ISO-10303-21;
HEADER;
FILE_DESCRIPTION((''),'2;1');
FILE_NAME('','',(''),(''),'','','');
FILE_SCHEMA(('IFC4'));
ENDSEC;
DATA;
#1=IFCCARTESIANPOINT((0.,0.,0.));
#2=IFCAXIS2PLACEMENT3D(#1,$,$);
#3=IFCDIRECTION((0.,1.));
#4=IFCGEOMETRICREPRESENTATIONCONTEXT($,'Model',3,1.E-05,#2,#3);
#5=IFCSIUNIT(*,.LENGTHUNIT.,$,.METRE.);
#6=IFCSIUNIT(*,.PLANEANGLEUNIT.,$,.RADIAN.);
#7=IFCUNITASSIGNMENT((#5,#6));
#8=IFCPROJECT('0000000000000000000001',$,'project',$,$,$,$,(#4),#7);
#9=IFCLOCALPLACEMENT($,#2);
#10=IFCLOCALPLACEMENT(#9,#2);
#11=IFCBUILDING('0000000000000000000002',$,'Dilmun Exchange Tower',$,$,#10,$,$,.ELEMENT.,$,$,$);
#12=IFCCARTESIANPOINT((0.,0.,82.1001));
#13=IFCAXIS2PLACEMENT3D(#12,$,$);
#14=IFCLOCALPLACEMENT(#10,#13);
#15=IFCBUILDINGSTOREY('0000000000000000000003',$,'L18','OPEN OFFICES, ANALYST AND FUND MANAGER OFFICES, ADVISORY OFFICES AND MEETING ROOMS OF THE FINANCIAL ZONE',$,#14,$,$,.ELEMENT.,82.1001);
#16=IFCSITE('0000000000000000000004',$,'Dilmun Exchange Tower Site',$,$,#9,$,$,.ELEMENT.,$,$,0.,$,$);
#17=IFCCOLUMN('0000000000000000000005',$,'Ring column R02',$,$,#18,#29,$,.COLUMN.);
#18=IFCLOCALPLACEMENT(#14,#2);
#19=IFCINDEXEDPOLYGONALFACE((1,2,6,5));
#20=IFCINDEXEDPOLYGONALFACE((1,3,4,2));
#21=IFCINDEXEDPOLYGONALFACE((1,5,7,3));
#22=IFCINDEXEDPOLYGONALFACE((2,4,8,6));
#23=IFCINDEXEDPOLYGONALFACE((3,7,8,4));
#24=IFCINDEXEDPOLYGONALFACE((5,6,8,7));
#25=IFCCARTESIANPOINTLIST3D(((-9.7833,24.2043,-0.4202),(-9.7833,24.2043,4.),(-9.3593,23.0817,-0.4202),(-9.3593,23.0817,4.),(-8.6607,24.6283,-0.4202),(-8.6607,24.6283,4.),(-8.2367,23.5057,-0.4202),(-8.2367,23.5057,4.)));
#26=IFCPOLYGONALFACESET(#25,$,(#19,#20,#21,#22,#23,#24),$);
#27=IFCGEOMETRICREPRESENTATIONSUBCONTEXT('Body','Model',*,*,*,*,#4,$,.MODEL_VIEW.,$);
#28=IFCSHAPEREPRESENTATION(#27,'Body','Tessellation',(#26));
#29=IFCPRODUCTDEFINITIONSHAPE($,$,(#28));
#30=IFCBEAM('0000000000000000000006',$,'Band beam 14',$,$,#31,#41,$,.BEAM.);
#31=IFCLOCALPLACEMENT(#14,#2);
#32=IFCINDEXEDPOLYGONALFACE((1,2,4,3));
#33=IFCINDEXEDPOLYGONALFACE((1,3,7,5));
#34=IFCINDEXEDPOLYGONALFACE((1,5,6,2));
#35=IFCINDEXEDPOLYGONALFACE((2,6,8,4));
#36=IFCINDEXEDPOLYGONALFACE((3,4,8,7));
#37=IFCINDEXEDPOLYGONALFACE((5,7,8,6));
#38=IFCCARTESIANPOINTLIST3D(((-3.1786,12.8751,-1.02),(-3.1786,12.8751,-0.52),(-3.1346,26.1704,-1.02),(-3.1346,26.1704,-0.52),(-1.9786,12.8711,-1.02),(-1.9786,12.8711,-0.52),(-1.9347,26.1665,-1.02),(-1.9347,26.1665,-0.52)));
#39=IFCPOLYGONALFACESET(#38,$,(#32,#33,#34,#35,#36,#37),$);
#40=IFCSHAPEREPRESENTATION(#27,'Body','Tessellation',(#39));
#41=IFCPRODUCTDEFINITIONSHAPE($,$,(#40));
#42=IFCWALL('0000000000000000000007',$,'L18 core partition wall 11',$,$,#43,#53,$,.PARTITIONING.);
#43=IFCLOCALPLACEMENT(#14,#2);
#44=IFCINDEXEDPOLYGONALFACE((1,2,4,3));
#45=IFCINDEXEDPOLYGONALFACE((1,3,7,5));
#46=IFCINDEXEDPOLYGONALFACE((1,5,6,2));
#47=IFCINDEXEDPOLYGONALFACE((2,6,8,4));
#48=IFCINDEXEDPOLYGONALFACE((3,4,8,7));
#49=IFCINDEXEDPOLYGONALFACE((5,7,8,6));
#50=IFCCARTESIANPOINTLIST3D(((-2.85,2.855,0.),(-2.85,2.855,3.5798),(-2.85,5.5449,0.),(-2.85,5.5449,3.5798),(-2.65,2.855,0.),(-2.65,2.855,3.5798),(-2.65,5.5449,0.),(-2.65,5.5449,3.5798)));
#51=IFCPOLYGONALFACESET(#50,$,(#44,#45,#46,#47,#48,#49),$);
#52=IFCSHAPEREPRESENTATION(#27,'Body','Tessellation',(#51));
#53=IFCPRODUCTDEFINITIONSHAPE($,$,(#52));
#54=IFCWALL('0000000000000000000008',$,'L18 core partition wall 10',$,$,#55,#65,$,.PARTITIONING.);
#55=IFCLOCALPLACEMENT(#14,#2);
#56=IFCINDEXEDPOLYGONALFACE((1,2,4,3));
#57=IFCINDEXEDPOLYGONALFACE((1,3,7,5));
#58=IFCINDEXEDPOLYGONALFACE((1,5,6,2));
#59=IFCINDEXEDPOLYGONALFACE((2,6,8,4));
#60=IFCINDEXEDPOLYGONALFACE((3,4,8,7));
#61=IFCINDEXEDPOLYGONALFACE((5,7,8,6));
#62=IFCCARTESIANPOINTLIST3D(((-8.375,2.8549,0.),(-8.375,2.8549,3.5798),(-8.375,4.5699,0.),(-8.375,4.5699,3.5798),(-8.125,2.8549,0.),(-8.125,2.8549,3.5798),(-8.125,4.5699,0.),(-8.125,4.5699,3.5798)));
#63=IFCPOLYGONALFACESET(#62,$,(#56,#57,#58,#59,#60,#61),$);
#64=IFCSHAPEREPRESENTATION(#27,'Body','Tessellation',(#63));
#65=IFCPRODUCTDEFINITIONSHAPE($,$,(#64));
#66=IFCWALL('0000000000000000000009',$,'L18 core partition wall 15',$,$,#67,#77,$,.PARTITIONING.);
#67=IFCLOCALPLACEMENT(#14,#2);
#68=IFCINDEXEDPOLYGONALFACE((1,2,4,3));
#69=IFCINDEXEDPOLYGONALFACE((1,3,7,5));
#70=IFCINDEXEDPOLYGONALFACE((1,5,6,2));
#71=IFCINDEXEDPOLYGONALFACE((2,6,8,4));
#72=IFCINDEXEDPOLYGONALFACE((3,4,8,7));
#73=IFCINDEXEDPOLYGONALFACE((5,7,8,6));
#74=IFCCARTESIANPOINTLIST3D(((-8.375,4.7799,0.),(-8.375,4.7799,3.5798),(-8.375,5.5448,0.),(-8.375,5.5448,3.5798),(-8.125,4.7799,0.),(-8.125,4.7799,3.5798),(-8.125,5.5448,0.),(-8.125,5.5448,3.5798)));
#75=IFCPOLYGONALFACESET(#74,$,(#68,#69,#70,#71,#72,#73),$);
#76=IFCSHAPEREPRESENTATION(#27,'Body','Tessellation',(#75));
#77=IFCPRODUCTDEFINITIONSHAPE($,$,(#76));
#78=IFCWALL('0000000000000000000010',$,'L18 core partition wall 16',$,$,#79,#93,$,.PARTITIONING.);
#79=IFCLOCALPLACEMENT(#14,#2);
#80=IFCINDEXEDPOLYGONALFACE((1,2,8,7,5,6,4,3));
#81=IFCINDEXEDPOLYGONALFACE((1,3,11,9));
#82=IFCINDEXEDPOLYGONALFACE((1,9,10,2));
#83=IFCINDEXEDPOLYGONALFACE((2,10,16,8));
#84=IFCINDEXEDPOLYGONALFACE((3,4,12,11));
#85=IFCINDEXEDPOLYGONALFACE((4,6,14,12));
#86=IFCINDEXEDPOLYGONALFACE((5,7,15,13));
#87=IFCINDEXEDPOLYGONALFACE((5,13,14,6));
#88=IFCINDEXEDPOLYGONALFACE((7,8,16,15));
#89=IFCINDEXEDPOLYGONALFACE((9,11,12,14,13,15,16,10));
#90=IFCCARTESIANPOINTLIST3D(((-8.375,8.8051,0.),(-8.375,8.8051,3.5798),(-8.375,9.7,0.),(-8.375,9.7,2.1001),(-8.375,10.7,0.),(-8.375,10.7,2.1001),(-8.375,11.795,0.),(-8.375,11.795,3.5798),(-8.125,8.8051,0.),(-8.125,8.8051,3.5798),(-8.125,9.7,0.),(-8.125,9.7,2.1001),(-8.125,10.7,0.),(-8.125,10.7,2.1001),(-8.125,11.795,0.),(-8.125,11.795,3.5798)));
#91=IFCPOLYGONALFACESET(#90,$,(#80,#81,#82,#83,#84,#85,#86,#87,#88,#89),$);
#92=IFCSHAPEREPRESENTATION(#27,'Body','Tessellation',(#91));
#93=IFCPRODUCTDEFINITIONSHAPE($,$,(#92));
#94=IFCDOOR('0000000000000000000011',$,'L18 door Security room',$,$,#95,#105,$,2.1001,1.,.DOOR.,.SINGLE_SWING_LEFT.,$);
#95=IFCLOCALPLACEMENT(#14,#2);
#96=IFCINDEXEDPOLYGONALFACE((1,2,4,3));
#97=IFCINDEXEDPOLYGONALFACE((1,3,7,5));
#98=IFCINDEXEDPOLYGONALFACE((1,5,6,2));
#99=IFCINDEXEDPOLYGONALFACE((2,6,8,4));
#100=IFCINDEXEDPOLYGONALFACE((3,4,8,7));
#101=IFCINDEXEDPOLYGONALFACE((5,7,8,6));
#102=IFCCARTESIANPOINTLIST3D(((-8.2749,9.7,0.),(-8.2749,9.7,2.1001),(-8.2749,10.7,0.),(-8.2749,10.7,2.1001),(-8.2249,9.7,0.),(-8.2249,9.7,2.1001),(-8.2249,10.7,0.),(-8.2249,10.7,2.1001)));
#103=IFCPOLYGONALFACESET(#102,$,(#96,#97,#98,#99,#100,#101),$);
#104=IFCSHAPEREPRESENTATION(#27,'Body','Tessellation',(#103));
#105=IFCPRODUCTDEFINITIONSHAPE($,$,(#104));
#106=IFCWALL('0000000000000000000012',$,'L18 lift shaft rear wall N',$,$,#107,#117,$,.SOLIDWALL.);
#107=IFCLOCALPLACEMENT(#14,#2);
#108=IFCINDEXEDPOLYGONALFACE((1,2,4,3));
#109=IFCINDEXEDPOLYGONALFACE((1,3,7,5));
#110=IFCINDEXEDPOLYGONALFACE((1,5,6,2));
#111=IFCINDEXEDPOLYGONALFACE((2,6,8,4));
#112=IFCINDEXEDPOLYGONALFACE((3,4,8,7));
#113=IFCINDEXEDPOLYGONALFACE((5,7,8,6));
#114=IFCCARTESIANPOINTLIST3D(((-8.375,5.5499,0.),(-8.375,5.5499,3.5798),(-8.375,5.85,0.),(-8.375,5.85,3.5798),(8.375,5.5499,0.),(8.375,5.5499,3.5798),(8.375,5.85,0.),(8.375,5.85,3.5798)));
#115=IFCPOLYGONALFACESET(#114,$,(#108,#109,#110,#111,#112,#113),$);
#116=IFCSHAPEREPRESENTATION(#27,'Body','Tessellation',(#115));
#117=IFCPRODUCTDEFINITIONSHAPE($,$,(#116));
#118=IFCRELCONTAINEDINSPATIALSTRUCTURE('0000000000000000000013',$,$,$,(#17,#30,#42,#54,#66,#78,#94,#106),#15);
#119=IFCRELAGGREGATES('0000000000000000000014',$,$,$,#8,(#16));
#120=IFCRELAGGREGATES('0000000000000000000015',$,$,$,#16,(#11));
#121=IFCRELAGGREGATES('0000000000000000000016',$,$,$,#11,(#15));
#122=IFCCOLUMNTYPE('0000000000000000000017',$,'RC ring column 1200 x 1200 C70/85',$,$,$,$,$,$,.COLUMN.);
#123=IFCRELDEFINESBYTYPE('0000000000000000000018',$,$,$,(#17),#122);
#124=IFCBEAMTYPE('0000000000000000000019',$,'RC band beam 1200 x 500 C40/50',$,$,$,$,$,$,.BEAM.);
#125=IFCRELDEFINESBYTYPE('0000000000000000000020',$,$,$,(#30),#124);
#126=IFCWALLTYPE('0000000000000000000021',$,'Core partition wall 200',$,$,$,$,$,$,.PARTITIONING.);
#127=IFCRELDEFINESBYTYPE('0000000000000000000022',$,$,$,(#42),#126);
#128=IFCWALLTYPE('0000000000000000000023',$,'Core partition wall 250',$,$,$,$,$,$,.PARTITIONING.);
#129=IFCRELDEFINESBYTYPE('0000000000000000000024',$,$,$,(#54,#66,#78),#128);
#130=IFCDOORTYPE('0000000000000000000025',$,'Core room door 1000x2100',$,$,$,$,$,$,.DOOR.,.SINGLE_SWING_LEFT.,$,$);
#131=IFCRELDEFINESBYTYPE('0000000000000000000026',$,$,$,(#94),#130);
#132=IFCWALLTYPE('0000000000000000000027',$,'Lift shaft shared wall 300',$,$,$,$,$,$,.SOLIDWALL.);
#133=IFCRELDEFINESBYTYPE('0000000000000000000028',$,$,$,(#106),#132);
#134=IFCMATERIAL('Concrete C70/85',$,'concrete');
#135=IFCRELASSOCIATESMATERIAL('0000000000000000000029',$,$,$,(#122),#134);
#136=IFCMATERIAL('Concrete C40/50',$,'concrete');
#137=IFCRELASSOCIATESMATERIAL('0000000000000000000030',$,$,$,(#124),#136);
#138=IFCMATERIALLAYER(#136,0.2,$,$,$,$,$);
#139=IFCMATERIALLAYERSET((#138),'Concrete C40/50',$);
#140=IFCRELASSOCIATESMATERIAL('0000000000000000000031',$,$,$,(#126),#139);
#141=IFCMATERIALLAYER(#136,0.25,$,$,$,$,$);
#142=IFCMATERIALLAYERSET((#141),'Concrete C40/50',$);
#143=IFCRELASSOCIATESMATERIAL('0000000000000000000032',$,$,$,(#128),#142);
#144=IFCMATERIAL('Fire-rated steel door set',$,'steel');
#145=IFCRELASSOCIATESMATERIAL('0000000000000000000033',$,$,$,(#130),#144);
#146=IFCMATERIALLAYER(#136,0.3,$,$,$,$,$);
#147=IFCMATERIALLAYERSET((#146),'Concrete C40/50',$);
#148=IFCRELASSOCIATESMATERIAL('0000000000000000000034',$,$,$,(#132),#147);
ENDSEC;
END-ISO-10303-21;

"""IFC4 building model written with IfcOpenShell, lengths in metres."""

from ifc_helpers import new_model, si_unit, direction, frame, frame_2d, origin, origin_2d, place, context, subcontext, project, spatial, rectangle, extrude, material, layer, layer_set, material_profile, profile_set, type_object, element, fill, save


model = new_model("IFC4")

# Units and contexts
model_context = context("Model", 3, precision=1e-05, world=origin(), true_north=direction((0.0, 1.0)))
body_context = subcontext(model_context, "Body", "Model", "MODEL_VIEW")
ifc_project = project(units=[si_unit("LENGTHUNIT", "METRE"), si_unit("PLANEANGLEUNIT", "RADIAN")], contexts=[model_context])

# Site, building, storey
site_placement = place(None, origin())
site = spatial("IfcSite", under=ifc_project, at=site_placement, Name="Dilmun Exchange Tower Site", CompositionType="ELEMENT", RefElevation=0.0)
building_placement = place(site_placement, origin())
building = spatial("IfcBuilding", under=site, at=building_placement, Name="Dilmun Exchange Tower", CompositionType="ELEMENT")
storey_placement = place(building_placement, frame((0.0, 0.0, 82.1001)))
storey = spatial("IfcBuildingStorey", under=building, at=storey_placement, Name="L18", Description="OPEN OFFICES, ANALYST AND FUND MANAGER OFFICES, ADVISORY OFFICES AND MEETING ROOMS OF THE FINANCIAL ZONE", CompositionType="ELEMENT", Elevation=82.1001)

# Column
ifc_material_1 = material(Name="Concrete C70/85", Category="concrete")
ifc_material_profile_1 = material_profile(ifc_material_1, rectangle(XDim=1.2, YDim=1.2, at=origin_2d()), Name="1200 x 1200")
ifc_profile_set_1 = profile_set([ifc_material_profile_1], Name="Concrete C70/85")
column_type = type_object("IfcColumnType", Name="RC ring column 1200 x 1200 C70/85", PredefinedType="COLUMN", material=ifc_profile_set_1)
column_placement = place(storey_placement, frame((-9.01, 23.855, -0.4202), z_axis=(0.0, 0.0, 1.0), x_axis=(0.935492, 0.353349, 0.0)))
element("IfcColumn", 1, at=column_placement, inside=storey, type_object=column_type, Name="Ring column R02", PredefinedType="COLUMN", context=body_context, shape_type="SweptSolid", body=[
    extrude(rectangle(XDim=1.2, YDim=1.2, at=origin_2d()), origin(), (0.0, 0.0, 1.0), 4.4202),
])

# Beam
ifc_material_2 = material(Name="Concrete C40/50", Category="concrete")
ifc_material_profile_2 = material_profile(ifc_material_2, rectangle(XDim=1.2, YDim=0.5, at=origin_2d()), Name="1200 x 500")
ifc_profile_set_2 = profile_set([ifc_material_profile_2], Name="Concrete C40/50")
beam_type = type_object("IfcBeamType", Name="RC band beam 1200 x 500 C40/50", PredefinedType="BEAM", material=ifc_profile_set_2)
beam_placement = place(storey_placement, frame((-2.5347, 26.1685, -0.77), z_axis=(-0.003305, -0.999995, 0.0), x_axis=(0.999995, -0.003305, 0.0)))
element("IfcBeam", 2, at=beam_placement, inside=storey, type_object=beam_type, Name="Band beam 14", PredefinedType="BEAM", context=body_context, shape_type="SweptSolid", body=[
    extrude(rectangle(XDim=1.2, YDim=0.5, at=origin_2d()), origin(), (0.0, 0.0, 1.0), 13.2954),
])

# Walls
ifc_layer_1 = layer(ifc_material_2, 0.2)
ifc_layer_set_1 = layer_set([ifc_layer_1], Name="Concrete C40/50")
wall_type_1 = type_object("IfcWallType", Name="Core partition wall 200", PredefinedType="PARTITIONING", material=ifc_layer_set_1)
wall_1_placement = place(storey_placement, frame((-2.75, 2.855, 0.0), z_axis=(0.0, 0.0, 1.0), x_axis=(0.0, 1.0, 0.0)))
element("IfcWall", 3, at=wall_1_placement, inside=storey, type_object=wall_type_1, Name="L18 core partition wall 11", PredefinedType="PARTITIONING", context=body_context, shape_type="SweptSolid", body=[
    extrude(rectangle(XDim=2.6899, YDim=0.2, at=frame_2d((1.345, 0.0))), origin(), (0.0, 0.0, 1.0), 3.5798),
])
ifc_layer_2 = layer(ifc_material_2, 0.25)
ifc_layer_set_2 = layer_set([ifc_layer_2], Name="Concrete C40/50")
wall_type_2 = type_object("IfcWallType", Name="Core partition wall 250", PredefinedType="PARTITIONING", material=ifc_layer_set_2)
wall_2_placement = place(storey_placement, frame((-8.25, 2.855, 0.0), z_axis=(0.0, 0.0, 1.0), x_axis=(0.0, 1.0, 0.0)))
element("IfcWall", 4, at=wall_2_placement, inside=storey, type_object=wall_type_2, Name="L18 core partition wall 10", PredefinedType="PARTITIONING", context=body_context, shape_type="SweptSolid", body=[
    extrude(rectangle(XDim=1.7151, YDim=0.25, at=frame_2d((0.8574, 0.0))), origin(), (0.0, 0.0, 1.0), 3.5798),
])
wall_3_placement = place(storey_placement, frame((-8.25, 4.78, 0.0), z_axis=(0.0, 0.0, 1.0), x_axis=(0.0, 1.0, 0.0)))
element("IfcWall", 5, at=wall_3_placement, inside=storey, type_object=wall_type_2, Name="L18 core partition wall 15", PredefinedType="PARTITIONING", context=body_context, shape_type="SweptSolid", body=[
    extrude(rectangle(XDim=0.7649, YDim=0.25, at=frame_2d((0.3823, 0.0))), origin(), (0.0, 0.0, 1.0), 3.5798),
])

# Wall, opening, door
wall_4_placement = place(storey_placement, frame((-8.25, 8.8049, 0.0), z_axis=(0.0, 0.0, 1.0), x_axis=(0.0, 1.0, 0.0)))
wall_4 = element("IfcWall", 6, at=wall_4_placement, inside=storey, type_object=wall_type_2, Name="L18 core partition wall 16", PredefinedType="PARTITIONING", context=body_context, shape_type="SweptSolid", body=[
    extrude(rectangle(XDim=2.99, YDim=0.25, at=frame_2d((1.4951, 0.0))), origin(), (0.0, 0.0, 1.0), 3.5798),
])
opening_1_placement = place(wall_4_placement, frame((0.895, 0.0, 0.0)))
opening_1 = element("IfcOpeningElement", 7, at=opening_1_placement, cuts=wall_4, PredefinedType="OPENING", context=body_context, shape_type="SweptSolid", body=[
    extrude(rectangle(XDim=1.0, YDim=2.1001, at=frame_2d((0.5, 1.05))), frame((0.0, 0.135, 0.0), z_axis=(0.0, -1.0, 0.0), x_axis=(1.0, 0.0, 0.0)), (0.0, 0.0, 1.0), 0.27),
])
ifc_material_3 = material(Name="Fire-rated steel door set", Category="steel")
door_type_1 = type_object("IfcDoorType", Name="Core room door 1000x2100", OperationType="SINGLE_SWING_LEFT", PredefinedType="DOOR", material=ifc_material_3)
door_1_placement = place(opening_1_placement, origin())
door_1 = element("IfcDoor", 8, at=door_1_placement, inside=storey, type_object=door_type_1, Name="L18 door Security room", OperationType="SINGLE_SWING_LEFT", OverallHeight=2.1001, OverallWidth=1.0, PredefinedType="DOOR", context=body_context, shape_type="SweptSolid", body=[
    extrude(rectangle(XDim=1.0, YDim=2.1001, at=frame_2d((0.5, 1.05))), frame((0.0, 0.0249, 0.0), z_axis=(0.0, -1.0, 0.0), x_axis=(1.0, 0.0, 0.0)), (0.0, 0.0, 1.0), 0.05),
])
fill(opening_1, door_1)

# Wall
ifc_layer_3 = layer(ifc_material_2, 0.3)
ifc_layer_set_3 = layer_set([ifc_layer_3], Name="Concrete C40/50")
wall_type_3 = type_object("IfcWallType", Name="Lift shaft shared wall 300", PredefinedType="SOLIDWALL", material=ifc_layer_set_3)
wall_5_placement = place(storey_placement, frame((-8.375, 5.7, 0.0), z_axis=(0.0, 0.0, 1.0), x_axis=(1.0, 0.0, 0.0)))
element("IfcWall", 9, at=wall_5_placement, inside=storey, type_object=wall_type_3, Name="L18 lift shaft rear wall N", PredefinedType="SOLIDWALL", context=body_context, shape_type="SweptSolid", body=[
    extrude(rectangle(XDim=16.75, YDim=0.3, at=frame_2d((8.375, 0.0))), origin(), (0.0, 0.0, 1.0), 3.5798),
])

save(model, "model.ifc")
